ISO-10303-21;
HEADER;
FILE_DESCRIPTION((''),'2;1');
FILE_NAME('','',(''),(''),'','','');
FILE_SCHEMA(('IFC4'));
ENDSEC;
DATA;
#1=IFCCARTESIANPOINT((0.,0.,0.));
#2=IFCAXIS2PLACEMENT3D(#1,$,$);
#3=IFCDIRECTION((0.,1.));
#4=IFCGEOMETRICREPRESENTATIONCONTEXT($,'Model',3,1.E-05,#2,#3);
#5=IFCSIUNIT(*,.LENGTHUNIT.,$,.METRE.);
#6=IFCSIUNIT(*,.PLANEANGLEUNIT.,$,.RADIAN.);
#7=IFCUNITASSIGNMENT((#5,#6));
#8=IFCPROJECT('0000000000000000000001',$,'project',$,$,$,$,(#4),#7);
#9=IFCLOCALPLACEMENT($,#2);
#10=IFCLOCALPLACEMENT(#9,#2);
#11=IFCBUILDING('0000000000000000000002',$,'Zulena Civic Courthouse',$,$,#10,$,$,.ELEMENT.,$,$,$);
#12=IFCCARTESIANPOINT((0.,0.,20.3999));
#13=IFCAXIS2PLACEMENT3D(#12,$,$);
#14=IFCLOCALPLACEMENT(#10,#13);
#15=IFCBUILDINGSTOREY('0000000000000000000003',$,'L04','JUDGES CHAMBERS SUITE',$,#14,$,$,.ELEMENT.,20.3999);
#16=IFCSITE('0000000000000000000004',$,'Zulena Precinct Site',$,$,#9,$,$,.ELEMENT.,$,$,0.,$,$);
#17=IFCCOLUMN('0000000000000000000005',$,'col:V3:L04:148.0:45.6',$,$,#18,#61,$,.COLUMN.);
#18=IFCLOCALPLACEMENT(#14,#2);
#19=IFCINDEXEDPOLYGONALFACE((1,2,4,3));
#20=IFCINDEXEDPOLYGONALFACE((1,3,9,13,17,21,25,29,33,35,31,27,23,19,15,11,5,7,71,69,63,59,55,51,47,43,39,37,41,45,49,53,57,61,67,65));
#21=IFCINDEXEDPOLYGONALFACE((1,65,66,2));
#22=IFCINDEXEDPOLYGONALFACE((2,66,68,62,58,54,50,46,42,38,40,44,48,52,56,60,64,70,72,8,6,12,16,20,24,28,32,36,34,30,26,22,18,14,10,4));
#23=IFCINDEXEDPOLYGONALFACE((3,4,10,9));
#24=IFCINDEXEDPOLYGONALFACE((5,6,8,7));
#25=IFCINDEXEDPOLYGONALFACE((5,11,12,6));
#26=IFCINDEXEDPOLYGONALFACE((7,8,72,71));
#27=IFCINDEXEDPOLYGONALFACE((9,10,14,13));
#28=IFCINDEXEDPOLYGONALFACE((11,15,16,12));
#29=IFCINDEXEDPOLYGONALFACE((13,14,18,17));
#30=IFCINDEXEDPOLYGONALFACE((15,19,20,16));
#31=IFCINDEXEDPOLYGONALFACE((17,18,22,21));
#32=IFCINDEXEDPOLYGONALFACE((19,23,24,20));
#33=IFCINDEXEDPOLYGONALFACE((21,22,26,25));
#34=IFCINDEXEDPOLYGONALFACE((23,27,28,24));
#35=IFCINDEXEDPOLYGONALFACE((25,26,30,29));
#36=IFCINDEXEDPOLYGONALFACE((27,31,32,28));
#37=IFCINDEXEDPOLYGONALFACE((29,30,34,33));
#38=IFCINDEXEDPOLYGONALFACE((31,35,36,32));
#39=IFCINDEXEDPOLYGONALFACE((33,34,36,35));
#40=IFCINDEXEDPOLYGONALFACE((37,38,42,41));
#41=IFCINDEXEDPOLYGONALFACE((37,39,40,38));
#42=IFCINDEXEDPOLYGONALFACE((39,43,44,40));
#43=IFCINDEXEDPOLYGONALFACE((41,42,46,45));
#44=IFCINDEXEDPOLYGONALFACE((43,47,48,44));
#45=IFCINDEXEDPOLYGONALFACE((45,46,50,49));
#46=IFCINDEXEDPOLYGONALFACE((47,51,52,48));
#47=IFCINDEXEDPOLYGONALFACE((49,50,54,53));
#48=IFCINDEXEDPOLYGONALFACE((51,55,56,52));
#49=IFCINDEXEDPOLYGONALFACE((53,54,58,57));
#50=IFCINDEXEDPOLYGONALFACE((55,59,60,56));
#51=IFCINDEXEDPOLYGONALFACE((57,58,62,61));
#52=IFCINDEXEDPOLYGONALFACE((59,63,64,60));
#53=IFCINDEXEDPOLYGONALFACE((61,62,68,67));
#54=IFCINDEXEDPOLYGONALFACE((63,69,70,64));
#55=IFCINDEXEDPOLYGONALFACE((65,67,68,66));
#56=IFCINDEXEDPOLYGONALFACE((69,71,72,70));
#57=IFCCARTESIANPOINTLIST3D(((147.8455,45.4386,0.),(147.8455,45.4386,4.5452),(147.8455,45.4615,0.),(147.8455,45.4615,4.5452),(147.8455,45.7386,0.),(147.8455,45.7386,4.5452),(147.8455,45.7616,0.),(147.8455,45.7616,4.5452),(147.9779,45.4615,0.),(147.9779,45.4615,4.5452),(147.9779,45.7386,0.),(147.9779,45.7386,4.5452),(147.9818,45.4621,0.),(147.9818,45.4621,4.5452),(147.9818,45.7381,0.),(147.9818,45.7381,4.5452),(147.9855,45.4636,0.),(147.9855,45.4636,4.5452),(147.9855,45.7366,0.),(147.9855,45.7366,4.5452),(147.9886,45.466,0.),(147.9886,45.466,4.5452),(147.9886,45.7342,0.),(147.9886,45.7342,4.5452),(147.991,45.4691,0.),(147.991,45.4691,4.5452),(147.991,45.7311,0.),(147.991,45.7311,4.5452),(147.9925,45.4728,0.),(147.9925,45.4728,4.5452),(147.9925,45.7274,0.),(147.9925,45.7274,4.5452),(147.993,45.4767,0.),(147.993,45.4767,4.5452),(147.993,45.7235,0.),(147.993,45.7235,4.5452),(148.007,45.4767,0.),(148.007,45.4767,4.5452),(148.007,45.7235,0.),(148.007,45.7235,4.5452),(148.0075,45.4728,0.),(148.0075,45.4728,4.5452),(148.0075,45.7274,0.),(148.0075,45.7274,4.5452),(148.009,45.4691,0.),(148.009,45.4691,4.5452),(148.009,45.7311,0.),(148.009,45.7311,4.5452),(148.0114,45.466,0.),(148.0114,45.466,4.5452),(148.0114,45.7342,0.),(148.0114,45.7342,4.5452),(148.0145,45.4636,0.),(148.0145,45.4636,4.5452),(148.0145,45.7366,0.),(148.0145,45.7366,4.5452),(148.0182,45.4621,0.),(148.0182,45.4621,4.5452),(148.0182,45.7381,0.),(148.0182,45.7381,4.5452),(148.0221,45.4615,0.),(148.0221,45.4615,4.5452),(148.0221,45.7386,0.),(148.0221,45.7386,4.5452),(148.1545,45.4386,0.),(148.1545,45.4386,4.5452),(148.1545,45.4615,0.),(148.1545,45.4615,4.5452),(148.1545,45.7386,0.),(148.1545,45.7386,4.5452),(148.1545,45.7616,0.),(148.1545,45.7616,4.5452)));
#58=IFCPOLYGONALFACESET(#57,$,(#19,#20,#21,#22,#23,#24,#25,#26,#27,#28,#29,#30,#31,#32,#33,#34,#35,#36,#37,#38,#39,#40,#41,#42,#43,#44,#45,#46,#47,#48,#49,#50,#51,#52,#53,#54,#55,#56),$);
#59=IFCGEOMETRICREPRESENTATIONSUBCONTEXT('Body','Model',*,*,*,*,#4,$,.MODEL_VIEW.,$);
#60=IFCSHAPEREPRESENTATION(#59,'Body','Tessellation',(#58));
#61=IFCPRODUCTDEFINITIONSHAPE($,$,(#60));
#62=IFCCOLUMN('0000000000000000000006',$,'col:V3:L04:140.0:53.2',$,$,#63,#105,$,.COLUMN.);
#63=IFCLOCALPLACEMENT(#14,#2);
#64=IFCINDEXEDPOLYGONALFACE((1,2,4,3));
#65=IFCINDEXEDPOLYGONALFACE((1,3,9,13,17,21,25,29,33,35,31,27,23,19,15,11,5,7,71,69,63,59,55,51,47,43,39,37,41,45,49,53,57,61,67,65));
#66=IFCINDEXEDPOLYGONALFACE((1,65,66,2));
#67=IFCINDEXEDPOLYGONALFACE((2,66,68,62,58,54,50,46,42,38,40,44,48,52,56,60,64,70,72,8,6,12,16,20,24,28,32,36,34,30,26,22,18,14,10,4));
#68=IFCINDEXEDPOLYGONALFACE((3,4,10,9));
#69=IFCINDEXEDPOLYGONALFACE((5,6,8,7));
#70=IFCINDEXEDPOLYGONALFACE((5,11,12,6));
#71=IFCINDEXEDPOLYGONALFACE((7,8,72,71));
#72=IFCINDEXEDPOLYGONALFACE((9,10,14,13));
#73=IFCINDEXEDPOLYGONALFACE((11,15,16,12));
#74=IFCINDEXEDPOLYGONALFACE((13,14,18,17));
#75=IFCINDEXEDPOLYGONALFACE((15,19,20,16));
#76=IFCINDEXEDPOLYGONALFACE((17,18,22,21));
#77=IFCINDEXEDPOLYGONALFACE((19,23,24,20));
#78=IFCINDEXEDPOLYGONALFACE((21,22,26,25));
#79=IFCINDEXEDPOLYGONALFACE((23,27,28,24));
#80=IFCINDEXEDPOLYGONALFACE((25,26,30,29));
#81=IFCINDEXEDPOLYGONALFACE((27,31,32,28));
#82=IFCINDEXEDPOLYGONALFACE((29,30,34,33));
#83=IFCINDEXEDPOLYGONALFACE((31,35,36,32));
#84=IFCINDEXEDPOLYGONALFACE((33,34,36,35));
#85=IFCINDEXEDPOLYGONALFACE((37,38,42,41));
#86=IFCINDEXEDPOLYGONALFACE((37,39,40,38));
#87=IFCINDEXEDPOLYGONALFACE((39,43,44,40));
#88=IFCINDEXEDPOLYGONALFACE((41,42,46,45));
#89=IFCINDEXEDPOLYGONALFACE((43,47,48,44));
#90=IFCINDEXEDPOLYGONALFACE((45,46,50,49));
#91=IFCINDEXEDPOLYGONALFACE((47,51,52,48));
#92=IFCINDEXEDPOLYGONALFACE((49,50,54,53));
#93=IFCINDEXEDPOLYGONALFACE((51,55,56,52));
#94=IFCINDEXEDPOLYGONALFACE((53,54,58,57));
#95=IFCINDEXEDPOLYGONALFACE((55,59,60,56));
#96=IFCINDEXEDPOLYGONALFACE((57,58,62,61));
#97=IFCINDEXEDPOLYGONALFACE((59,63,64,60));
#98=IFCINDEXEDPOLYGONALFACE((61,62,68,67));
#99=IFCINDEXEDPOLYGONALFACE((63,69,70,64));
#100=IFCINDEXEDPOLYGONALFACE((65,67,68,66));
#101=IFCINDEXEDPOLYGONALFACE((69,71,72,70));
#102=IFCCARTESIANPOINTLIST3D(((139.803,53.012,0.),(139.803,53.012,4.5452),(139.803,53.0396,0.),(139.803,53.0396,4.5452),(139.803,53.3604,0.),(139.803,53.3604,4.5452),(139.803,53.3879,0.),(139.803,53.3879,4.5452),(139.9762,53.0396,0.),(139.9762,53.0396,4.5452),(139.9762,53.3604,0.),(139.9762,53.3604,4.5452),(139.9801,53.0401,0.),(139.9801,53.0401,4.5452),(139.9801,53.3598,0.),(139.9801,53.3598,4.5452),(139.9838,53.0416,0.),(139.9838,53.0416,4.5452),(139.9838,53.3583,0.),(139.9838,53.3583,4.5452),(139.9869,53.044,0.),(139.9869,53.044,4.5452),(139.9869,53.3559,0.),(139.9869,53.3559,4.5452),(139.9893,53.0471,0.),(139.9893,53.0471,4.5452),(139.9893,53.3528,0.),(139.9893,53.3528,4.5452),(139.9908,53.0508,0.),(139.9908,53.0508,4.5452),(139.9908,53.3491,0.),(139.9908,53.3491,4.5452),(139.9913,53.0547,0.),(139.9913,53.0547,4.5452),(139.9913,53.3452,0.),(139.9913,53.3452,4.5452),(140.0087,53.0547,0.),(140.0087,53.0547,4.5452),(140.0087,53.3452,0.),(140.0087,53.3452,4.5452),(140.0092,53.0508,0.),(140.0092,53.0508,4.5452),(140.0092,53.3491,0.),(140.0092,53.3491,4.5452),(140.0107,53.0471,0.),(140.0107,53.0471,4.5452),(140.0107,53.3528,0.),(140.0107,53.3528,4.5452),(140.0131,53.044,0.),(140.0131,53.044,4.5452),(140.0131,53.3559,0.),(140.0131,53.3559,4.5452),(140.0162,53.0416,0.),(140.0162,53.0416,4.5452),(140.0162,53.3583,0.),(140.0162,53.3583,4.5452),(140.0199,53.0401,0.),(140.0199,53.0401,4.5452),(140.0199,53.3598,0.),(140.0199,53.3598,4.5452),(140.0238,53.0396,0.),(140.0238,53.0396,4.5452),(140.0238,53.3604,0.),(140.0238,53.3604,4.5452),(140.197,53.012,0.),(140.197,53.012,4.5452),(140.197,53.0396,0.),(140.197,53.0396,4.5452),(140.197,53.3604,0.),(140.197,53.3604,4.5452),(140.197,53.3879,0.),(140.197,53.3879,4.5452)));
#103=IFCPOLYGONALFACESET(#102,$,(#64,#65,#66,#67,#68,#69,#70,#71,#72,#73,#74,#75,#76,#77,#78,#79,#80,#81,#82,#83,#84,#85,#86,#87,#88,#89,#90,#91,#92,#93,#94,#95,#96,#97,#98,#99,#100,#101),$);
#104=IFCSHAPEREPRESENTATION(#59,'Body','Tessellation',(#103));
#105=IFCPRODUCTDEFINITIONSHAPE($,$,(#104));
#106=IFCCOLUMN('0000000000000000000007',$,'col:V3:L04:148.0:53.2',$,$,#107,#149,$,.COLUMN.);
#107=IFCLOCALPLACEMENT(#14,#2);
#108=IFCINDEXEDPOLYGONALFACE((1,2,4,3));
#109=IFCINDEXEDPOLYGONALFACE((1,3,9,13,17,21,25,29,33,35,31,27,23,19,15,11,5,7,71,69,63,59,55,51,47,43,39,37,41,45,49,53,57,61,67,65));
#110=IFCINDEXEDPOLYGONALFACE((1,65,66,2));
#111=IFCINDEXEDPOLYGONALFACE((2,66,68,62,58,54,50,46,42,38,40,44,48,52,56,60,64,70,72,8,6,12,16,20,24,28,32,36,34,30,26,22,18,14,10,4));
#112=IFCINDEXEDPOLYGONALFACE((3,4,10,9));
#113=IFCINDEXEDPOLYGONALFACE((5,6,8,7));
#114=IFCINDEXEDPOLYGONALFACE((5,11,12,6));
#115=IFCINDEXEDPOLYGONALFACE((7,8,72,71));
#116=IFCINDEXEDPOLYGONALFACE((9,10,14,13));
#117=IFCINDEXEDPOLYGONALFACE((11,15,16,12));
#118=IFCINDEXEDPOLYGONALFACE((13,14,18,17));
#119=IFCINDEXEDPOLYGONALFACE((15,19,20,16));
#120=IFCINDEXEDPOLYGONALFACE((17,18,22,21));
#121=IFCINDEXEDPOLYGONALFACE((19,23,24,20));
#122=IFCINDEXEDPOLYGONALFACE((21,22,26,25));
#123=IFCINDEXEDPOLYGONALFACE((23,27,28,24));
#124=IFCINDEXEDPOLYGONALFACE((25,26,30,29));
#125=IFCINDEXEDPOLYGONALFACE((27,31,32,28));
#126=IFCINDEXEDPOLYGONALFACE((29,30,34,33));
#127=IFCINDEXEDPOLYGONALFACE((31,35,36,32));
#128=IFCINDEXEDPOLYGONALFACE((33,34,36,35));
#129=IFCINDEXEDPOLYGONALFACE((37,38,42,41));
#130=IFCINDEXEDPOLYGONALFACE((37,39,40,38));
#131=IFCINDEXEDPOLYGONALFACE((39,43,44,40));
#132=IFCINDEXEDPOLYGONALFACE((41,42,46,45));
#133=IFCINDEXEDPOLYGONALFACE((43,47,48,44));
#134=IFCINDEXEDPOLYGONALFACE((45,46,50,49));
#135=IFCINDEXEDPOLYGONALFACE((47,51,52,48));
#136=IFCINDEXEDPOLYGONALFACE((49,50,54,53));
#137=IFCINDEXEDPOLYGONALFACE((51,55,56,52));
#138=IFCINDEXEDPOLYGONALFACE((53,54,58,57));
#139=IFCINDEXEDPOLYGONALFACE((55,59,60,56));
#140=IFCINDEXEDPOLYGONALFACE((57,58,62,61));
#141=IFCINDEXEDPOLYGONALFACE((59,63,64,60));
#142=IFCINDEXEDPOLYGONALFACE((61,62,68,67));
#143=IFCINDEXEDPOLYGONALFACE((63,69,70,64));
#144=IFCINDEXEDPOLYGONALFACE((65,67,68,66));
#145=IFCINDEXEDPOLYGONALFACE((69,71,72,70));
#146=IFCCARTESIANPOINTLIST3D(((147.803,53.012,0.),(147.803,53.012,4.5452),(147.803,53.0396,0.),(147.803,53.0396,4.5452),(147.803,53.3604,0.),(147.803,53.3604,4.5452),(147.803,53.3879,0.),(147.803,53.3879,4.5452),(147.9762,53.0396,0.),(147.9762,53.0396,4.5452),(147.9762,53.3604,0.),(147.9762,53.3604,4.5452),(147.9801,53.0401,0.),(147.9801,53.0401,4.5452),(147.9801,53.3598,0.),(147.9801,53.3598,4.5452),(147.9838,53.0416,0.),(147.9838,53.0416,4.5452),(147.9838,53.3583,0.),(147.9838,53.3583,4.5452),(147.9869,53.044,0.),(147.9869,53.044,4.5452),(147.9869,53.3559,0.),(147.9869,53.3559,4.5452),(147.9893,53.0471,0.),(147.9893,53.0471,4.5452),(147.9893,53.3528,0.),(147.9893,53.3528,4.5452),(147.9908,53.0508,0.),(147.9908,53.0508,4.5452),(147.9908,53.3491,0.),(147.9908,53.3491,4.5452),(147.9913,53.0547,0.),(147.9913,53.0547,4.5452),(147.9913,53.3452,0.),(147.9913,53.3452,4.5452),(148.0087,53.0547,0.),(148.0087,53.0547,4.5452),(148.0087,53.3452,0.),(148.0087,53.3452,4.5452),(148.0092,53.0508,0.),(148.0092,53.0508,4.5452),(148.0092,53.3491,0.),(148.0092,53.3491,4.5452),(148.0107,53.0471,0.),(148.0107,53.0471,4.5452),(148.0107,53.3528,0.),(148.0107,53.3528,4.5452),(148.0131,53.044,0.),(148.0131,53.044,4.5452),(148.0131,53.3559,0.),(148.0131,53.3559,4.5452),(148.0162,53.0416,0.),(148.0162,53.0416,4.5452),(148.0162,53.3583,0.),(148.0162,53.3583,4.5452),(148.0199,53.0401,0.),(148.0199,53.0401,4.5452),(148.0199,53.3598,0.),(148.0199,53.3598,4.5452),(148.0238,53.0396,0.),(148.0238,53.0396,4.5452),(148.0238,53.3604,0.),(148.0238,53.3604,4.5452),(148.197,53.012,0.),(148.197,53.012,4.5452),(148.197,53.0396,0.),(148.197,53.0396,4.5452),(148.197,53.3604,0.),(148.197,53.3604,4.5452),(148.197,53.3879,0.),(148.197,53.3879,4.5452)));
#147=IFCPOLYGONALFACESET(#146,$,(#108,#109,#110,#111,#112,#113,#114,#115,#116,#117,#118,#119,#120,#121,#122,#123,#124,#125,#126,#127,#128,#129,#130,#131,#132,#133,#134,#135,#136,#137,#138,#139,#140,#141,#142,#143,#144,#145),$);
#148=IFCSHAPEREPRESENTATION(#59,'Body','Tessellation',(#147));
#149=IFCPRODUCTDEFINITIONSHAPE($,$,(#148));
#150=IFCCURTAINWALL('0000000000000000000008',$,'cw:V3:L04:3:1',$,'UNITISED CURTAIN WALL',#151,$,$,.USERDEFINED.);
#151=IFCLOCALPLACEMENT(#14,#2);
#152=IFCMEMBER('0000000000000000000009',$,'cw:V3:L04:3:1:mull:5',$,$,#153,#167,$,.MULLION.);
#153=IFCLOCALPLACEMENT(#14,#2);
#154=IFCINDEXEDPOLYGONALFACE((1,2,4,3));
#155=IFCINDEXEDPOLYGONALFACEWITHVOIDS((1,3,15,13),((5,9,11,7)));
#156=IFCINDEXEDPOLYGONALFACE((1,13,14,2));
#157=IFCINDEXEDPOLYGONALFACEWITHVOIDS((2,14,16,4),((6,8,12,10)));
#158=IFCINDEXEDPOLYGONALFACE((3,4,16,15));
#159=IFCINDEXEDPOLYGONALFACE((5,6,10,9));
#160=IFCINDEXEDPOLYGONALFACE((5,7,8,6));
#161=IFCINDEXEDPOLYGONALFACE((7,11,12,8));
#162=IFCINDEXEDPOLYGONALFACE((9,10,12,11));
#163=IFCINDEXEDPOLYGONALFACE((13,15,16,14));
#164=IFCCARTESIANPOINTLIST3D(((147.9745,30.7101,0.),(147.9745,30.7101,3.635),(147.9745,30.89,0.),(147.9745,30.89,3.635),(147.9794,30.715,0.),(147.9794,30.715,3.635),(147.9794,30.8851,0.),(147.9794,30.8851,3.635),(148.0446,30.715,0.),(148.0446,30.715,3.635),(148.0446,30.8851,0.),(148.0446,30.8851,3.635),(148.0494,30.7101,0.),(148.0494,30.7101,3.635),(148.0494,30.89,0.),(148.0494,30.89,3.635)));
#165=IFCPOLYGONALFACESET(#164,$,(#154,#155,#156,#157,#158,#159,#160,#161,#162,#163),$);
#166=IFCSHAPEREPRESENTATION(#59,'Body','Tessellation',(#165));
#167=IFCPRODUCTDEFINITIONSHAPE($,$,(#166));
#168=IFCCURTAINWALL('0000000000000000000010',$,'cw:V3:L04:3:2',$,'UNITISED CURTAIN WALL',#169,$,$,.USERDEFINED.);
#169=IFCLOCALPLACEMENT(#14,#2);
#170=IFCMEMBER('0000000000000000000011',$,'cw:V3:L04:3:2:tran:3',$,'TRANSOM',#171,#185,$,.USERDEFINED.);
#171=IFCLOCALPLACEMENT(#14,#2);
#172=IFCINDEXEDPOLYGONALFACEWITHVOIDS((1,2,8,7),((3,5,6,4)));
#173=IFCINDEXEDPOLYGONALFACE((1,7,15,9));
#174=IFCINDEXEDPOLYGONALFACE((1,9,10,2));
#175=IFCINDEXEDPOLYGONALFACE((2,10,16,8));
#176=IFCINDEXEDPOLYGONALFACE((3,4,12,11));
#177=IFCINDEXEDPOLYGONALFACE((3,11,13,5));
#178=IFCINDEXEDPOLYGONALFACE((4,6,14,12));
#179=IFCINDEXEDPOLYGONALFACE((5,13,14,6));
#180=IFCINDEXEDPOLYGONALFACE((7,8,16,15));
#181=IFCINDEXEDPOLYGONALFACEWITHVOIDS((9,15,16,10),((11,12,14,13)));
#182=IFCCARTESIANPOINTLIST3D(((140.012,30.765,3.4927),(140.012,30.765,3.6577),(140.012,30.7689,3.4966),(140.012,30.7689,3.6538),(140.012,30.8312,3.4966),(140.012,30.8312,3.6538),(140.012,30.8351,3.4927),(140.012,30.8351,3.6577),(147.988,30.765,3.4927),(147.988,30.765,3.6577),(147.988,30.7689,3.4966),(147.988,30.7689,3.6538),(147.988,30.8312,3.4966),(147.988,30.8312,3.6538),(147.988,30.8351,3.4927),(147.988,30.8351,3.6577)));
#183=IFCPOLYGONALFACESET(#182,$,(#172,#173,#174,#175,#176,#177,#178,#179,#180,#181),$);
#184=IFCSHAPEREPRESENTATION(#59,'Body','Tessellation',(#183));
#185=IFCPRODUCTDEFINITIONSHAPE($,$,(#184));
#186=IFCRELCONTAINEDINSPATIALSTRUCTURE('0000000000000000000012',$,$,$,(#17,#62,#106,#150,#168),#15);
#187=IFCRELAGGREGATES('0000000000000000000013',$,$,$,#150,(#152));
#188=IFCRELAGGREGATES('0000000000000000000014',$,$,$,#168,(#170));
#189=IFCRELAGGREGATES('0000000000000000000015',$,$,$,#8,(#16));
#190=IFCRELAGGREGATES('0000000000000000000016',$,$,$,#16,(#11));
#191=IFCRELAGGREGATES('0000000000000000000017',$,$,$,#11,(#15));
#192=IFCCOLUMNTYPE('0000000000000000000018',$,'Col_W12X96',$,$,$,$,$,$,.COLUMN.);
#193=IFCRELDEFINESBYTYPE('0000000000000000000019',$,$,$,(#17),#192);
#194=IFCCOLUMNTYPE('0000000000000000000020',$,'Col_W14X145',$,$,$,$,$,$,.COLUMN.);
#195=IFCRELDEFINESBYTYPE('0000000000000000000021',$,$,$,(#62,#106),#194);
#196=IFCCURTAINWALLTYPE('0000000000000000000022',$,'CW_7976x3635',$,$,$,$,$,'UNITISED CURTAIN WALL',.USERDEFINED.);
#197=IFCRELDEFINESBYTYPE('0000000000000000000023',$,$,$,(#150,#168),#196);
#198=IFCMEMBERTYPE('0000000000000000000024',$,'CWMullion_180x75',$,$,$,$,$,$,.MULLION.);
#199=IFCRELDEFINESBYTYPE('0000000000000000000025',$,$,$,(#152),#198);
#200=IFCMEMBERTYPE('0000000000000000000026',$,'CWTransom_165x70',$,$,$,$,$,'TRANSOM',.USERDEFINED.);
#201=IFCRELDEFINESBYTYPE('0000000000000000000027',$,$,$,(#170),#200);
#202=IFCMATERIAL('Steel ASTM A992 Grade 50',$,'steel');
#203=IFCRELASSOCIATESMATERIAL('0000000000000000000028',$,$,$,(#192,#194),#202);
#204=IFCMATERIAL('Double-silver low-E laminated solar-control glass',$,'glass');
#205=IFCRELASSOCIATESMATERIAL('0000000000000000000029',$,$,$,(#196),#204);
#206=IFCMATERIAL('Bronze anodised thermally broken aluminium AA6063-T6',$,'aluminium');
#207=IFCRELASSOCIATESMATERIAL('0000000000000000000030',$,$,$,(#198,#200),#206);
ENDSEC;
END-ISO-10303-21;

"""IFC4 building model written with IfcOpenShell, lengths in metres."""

from ifc_helpers import new_model, si_unit, direction, frame, origin, origin_2d, place, context, subcontext, project, spatial, hollow_rectangle, i_section, extrude, material, material_profile, profile_set, type_object, element, aggregate, save


model = new_model("IFC4")

# Units and contexts
model_context = context("Model", 3, precision=1e-05, world=origin(), true_north=direction((0.0, 1.0)))
body_context = subcontext(model_context, "Body", "Model", "MODEL_VIEW")
ifc_project = project(units=[si_unit("LENGTHUNIT", "METRE"), si_unit("PLANEANGLEUNIT", "RADIAN")], contexts=[model_context])

# Site, building, storey
site_placement = place(None, origin())
site = spatial("IfcSite", under=ifc_project, at=site_placement, Name="Zulena Precinct Site", CompositionType="ELEMENT", RefElevation=0.0)
building_placement = place(site_placement, origin())
building = spatial("IfcBuilding", under=site, at=building_placement, Name="Zulena Civic Courthouse", CompositionType="ELEMENT")
storey_placement = place(building_placement, frame((0.0, 0.0, 20.3999)))
storey = spatial("IfcBuildingStorey", under=building, at=storey_placement, Name="L04", Description="JUDGES CHAMBERS SUITE", CompositionType="ELEMENT", Elevation=20.3999)

# Columns
ifc_material_1 = material(Name="Steel ASTM A992 Grade 50", Category="steel")
ifc_material_profile_1 = material_profile(ifc_material_1, i_section(OverallWidth=0.3091, OverallDepth=0.323, WebThickness=0.0139, FlangeThickness=0.0229, FilletRadius=0.0151, at=origin_2d()), Name="W12X96")
ifc_profile_set_1 = profile_set([ifc_material_profile_1], Name="Steel ASTM A992 Grade 50")
column_type_1 = type_object("IfcColumnType", Name="Col_W12X96", PredefinedType="COLUMN", material=ifc_profile_set_1)
for number, where, z_axis, x_axis, name in (
    (1, (148.0, 45.6001, 0.0), (0.0, 0.0, 1.0), (1.0, 0.0, 0.0), "col:V3:L04:148.0:45.6"),
):
    element("IfcColumn", number, at=place(storey_placement, frame(where, z_axis=z_axis, x_axis=x_axis)), inside=storey, type_object=column_type_1, Name=name, PredefinedType="COLUMN", context=body_context, shape_type="SweptSolid", body=[
        extrude(i_section(OverallWidth=0.3091, OverallDepth=0.323, WebThickness=0.0139, FlangeThickness=0.0229, FilletRadius=0.0151, at=origin_2d()), origin(), (0.0, 0.0, 1.0), 4.5452),
    ])
ifc_material_profile_2 = material_profile(ifc_material_1, i_section(OverallWidth=0.394, OverallDepth=0.376, WebThickness=0.0173, FlangeThickness=0.0276, FilletRadius=0.0151, at=origin_2d()), Name="W14X145")
ifc_profile_set_2 = profile_set([ifc_material_profile_2], Name="Steel ASTM A992 Grade 50")
column_type_2 = type_object("IfcColumnType", Name="Col_W14X145", PredefinedType="COLUMN", material=ifc_profile_set_2)
for number, where, z_axis, x_axis, name in (
    (2, (140.0, 53.2, 0.0), (0.0, 0.0, 1.0), (1.0, 0.0, 0.0), "col:V3:L04:140.0:53.2"),
    (3, (148.0, 53.2, 0.0), (0.0, 0.0, 1.0), (1.0, 0.0, 0.0), "col:V3:L04:148.0:53.2"),
):
    element("IfcColumn", number, at=place(storey_placement, frame(where, z_axis=z_axis, x_axis=x_axis)), inside=storey, type_object=column_type_2, Name=name, PredefinedType="COLUMN", context=body_context, shape_type="SweptSolid", body=[
        extrude(i_section(OverallWidth=0.394, OverallDepth=0.376, WebThickness=0.0173, FlangeThickness=0.0276, FilletRadius=0.0151, at=origin_2d()), origin(), (0.0, 0.0, 1.0), 4.5452),
    ])

# Curtain walls, members
ifc_material_2 = material(Name="Double-silver low-E laminated solar-control glass", Category="glass")
curtain_wall_type = type_object("IfcCurtainWallType", Name="CW_7976x3635", ElementType="UNITISED CURTAIN WALL", PredefinedType="USERDEFINED", material=ifc_material_2)
curtain_wall_1_placement = place(storey_placement, origin())
curtain_wall_1 = element("IfcCurtainWall", 4, at=curtain_wall_1_placement, inside=storey, type_object=curtain_wall_type, Name="cw:V3:L04:3:1", ObjectType="UNITISED CURTAIN WALL", PredefinedType="USERDEFINED")
ifc_material_3 = material(Name="Bronze anodised thermally broken aluminium AA6063-T6", Category="aluminium")
ifc_material_profile_3 = material_profile(ifc_material_3, hollow_rectangle(XDim=0.075, YDim=0.1799, WallThickness=0.0049, at=origin_2d()), Name="CWM180X75X5")
ifc_profile_set_3 = profile_set([ifc_material_profile_3], Name="Bronze anodised thermally broken aluminium AA6063-T6")
member_type_1 = type_object("IfcMemberType", Name="CWMullion_180x75", PredefinedType="MULLION", material=ifc_profile_set_3)
member_1_placement = place(storey_placement, frame((148.012, 30.8, 0.0), z_axis=(0.0, 0.0, 1.0), x_axis=(1.0, 0.0, 0.0)))
member_1 = element("IfcMember", 5, at=member_1_placement, type_object=member_type_1, Name="cw:V3:L04:3:1:mull:5", PredefinedType="MULLION", context=body_context, shape_type="SweptSolid", body=[
    extrude(hollow_rectangle(XDim=0.075, YDim=0.1799, WallThickness=0.0049, at=origin_2d()), origin(), (0.0, 0.0, 1.0), 3.635),
])
aggregate(curtain_wall_1, [member_1])
curtain_wall_2_placement = place(storey_placement, origin())
curtain_wall_2 = element("IfcCurtainWall", 6, at=curtain_wall_2_placement, inside=storey, type_object=curtain_wall_type, Name="cw:V3:L04:3:2", ObjectType="UNITISED CURTAIN WALL", PredefinedType="USERDEFINED")
ifc_material_profile_4 = material_profile(ifc_material_3, hollow_rectangle(XDim=0.0701, YDim=0.165, WallThickness=0.0039, at=origin_2d()), Name="CWT165X70X4")
ifc_profile_set_4 = profile_set([ifc_material_profile_4], Name="Bronze anodised thermally broken aluminium AA6063-T6")
member_type_2 = type_object("IfcMemberType", Name="CWTransom_165x70", ElementType="TRANSOM", PredefinedType="USERDEFINED", material=ifc_profile_set_4)
member_2_placement = place(storey_placement, frame((147.988, 30.8, 3.5752), z_axis=(-1.0, 0.0, 0.0), x_axis=(0.0, -1.0, 0.0)))
member_2 = element("IfcMember", 7, at=member_2_placement, type_object=member_type_2, Name="cw:V3:L04:3:2:tran:3", ObjectType="TRANSOM", PredefinedType="USERDEFINED", context=body_context, shape_type="SweptSolid", body=[
    extrude(hollow_rectangle(XDim=0.0701, YDim=0.165, WallThickness=0.0039, at=origin_2d()), origin(), (0.0, 0.0, 1.0), 7.9761),
])
aggregate(curtain_wall_2, [member_2])

save(model, "model.ifc")
